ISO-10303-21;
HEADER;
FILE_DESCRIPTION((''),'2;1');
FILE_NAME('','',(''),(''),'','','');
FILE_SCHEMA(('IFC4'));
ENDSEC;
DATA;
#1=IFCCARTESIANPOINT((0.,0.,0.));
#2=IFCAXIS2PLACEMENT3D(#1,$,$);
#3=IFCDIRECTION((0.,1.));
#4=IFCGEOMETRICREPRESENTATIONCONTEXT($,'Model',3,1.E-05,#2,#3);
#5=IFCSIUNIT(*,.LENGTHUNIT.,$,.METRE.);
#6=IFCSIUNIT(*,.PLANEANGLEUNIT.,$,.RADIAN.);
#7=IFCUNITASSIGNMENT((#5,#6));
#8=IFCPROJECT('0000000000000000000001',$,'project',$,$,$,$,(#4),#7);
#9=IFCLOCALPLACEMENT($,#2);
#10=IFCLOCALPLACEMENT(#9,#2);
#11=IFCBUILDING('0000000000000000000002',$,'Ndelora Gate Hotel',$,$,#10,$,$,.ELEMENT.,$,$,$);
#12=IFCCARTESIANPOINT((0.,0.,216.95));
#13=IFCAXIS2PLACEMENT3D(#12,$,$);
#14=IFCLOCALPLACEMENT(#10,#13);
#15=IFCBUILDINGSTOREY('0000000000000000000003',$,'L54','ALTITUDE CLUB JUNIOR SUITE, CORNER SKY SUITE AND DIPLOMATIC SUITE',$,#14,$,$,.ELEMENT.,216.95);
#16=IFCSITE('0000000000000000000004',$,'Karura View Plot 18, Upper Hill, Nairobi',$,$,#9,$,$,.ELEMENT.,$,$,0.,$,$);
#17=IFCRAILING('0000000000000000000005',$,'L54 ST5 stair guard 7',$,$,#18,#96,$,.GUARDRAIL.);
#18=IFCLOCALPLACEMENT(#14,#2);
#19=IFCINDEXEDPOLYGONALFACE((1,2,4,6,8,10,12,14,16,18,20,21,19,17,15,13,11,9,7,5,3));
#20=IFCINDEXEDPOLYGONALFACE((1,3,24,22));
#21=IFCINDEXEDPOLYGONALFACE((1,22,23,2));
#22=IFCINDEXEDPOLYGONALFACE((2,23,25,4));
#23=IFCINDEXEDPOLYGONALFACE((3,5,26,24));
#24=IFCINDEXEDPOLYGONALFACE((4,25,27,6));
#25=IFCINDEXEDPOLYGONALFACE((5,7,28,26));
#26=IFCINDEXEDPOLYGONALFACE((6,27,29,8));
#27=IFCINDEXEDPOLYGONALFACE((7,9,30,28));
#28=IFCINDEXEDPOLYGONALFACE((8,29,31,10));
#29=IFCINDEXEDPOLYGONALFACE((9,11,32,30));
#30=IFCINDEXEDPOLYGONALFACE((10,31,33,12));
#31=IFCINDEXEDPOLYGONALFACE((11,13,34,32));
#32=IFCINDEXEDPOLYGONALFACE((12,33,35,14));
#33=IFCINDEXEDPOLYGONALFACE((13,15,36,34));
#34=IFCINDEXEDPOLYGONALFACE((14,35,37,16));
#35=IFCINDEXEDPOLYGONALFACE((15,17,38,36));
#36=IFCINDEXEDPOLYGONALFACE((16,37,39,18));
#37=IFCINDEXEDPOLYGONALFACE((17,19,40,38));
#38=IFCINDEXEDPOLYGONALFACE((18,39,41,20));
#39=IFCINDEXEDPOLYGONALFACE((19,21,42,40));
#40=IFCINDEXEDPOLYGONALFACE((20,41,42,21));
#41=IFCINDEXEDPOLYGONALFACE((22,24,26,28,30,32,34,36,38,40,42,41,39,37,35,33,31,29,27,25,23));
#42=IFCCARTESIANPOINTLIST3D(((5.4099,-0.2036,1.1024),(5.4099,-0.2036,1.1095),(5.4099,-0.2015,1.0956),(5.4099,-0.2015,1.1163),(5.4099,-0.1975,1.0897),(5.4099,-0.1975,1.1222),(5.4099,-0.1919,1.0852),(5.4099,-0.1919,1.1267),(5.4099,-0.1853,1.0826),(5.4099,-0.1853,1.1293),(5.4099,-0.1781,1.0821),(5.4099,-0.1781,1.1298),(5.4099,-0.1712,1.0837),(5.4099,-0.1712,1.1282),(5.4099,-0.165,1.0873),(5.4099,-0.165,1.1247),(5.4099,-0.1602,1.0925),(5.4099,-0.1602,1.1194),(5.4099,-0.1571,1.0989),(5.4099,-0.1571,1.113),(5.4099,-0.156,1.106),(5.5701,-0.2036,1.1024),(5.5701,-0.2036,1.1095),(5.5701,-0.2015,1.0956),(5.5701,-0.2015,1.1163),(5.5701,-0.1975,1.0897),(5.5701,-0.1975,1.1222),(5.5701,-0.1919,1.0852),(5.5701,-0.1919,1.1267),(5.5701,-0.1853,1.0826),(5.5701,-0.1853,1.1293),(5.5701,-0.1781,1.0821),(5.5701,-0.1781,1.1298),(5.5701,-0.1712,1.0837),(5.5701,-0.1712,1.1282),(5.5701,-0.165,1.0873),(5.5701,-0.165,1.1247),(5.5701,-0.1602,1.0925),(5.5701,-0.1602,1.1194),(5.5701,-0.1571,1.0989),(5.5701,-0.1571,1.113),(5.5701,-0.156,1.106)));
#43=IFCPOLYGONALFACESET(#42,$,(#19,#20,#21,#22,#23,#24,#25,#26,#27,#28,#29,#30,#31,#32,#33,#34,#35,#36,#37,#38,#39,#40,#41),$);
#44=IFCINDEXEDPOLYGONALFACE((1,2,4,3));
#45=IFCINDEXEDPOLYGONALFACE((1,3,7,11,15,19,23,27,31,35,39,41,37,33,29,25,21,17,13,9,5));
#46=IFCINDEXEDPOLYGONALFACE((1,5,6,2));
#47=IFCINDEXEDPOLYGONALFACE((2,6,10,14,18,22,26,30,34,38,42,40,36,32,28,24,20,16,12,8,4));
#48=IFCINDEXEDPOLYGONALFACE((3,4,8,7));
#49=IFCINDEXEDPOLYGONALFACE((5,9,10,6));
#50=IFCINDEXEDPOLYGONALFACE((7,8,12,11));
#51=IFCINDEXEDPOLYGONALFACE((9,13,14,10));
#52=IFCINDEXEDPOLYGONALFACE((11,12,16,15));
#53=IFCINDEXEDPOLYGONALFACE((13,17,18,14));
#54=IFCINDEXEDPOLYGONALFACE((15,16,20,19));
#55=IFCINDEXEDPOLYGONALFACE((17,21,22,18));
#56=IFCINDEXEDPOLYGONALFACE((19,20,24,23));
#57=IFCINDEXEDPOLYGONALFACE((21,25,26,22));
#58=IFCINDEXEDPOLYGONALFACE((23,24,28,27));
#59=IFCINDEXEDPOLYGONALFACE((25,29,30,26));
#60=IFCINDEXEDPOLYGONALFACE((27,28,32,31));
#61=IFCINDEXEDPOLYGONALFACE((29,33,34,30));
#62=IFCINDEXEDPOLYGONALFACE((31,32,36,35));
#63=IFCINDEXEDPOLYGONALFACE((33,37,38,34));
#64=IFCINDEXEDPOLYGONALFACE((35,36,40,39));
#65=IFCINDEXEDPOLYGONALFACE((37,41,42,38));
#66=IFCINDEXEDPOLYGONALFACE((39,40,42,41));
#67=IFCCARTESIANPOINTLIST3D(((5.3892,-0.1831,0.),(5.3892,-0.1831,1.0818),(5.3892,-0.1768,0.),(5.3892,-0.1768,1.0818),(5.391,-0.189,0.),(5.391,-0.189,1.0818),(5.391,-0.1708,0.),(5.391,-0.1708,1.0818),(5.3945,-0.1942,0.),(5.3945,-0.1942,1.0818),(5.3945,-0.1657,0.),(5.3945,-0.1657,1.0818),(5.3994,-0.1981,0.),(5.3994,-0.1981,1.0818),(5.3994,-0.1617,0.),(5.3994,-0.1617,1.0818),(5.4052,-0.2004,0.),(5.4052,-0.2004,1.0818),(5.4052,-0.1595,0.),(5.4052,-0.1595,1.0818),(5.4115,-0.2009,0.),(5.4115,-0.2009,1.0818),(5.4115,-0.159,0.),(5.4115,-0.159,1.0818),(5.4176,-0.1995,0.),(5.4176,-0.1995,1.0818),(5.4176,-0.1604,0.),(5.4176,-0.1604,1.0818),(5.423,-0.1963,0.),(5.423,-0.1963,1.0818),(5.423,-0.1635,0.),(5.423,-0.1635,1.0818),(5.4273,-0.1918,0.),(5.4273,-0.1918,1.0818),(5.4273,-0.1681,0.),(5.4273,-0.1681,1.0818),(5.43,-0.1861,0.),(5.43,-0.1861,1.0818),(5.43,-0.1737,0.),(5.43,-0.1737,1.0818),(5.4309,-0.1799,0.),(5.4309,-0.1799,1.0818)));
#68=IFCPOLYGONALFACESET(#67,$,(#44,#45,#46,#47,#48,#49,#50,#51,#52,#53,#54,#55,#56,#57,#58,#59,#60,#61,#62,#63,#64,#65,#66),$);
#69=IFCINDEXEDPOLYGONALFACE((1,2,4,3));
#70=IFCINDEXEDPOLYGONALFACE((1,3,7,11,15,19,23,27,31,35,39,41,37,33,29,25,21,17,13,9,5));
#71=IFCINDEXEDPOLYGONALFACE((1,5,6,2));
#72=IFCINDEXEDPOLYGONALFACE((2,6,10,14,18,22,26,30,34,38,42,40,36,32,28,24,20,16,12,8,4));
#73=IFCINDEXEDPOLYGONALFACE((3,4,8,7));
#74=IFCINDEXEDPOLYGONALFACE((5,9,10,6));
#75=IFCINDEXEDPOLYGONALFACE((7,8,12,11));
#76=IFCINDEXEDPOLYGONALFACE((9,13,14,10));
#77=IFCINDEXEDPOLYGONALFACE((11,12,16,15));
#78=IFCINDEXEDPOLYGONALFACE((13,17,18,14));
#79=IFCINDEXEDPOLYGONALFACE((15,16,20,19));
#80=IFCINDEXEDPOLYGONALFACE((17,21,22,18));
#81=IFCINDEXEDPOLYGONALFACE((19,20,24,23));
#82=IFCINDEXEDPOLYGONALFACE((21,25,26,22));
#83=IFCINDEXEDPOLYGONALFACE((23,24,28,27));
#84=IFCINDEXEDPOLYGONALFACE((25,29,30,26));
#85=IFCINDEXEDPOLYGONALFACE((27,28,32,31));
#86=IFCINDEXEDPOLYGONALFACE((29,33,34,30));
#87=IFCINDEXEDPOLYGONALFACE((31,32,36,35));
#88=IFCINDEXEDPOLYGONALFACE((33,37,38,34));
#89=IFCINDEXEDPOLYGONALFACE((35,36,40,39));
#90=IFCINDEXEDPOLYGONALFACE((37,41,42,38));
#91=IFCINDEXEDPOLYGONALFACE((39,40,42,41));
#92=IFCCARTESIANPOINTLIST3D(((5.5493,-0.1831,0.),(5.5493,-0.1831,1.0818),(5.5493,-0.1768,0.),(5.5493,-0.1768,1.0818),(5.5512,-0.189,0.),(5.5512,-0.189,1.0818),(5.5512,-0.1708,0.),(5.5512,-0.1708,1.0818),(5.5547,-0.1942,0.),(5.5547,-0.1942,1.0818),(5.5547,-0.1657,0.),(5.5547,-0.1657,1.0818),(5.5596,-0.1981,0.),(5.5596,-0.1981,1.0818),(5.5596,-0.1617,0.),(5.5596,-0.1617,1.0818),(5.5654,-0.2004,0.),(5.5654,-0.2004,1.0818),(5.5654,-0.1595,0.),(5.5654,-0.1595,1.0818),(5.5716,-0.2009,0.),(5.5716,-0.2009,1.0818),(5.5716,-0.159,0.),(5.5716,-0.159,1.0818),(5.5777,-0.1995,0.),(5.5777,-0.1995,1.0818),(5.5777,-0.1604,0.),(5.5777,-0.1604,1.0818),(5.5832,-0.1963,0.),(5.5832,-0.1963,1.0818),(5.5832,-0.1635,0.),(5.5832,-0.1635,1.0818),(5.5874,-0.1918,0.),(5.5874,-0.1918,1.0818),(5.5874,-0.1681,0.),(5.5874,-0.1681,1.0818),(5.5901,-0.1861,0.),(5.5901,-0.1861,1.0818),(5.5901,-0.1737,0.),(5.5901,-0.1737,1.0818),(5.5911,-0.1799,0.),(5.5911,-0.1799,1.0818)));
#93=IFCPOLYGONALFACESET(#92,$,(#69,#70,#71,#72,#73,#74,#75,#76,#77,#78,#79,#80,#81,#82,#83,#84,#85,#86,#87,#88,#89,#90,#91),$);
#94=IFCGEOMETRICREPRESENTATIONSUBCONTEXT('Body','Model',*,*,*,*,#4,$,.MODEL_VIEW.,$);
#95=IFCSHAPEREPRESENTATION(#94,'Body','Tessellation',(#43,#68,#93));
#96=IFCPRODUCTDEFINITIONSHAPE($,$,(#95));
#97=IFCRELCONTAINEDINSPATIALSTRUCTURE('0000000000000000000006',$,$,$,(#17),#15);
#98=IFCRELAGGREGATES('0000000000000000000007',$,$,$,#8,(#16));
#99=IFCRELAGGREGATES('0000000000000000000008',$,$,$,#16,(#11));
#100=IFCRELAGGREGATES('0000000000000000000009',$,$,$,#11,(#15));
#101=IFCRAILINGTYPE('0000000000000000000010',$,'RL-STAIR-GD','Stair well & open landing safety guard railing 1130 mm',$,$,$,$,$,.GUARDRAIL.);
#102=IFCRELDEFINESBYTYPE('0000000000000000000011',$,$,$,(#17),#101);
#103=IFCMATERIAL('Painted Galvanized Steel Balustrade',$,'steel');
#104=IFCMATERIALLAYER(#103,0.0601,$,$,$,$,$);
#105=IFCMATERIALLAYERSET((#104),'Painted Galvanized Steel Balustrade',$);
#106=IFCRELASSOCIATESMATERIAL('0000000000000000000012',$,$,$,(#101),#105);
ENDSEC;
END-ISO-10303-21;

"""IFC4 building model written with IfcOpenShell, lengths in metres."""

from ifc_helpers import new_model, si_unit, direction, frame, origin, origin_2d, place, context, subcontext, project, spatial, circle, extrude, material, layer, layer_set, type_object, element, save


model = new_model("IFC4")

# Units and contexts
model_context = context("Model", 3, precision=1e-05, world=origin(), true_north=direction((0.0, 1.0)))
body_context = subcontext(model_context, "Body", "Model", "MODEL_VIEW")
ifc_project = project(units=[si_unit("LENGTHUNIT", "METRE"), si_unit("PLANEANGLEUNIT", "RADIAN")], contexts=[model_context])

# Site, building, storey
site_placement = place(None, origin())
site = spatial("IfcSite", under=ifc_project, at=site_placement, Name="Karura View Plot 18, Upper Hill, Nairobi", CompositionType="ELEMENT", RefElevation=0.0)
building_placement = place(site_placement, origin())
building = spatial("IfcBuilding", under=site, at=building_placement, Name="Ndelora Gate Hotel", CompositionType="ELEMENT")
storey_placement = place(building_placement, frame((0.0, 0.0, 216.95)))
storey = spatial("IfcBuildingStorey", under=building, at=storey_placement, Name="L54", Description="ALTITUDE CLUB JUNIOR SUITE, CORNER SKY SUITE AND DIPLOMATIC SUITE", CompositionType="ELEMENT", Elevation=216.95)

# Railing
ifc_material_1 = material(Name="Painted Galvanized Steel Balustrade", Category="steel")
ifc_layer_1 = layer(ifc_material_1, 0.0601)
ifc_layer_set_1 = layer_set([ifc_layer_1], Name="Painted Galvanized Steel Balustrade")
railing_type_1 = type_object("IfcRailingType", Name="RL-STAIR-GD", Description="Stair well & open landing safety guard railing 1130 mm", PredefinedType="GUARDRAIL", material=ifc_layer_set_1)
railing_1_placement = place(storey_placement, frame((5.4099, -0.1799, 0.0)))
element("IfcRailing", 1, at=railing_1_placement, inside=storey, type_object=railing_type_1, Name="L54 ST5 stair guard 7", PredefinedType="GUARDRAIL", context=body_context, shape_type="SweptSolid", body=[
    extrude(circle(Radius=0.0239, at=origin_2d()), frame((0.0, 0.0, 1.106), z_axis=(1.0, 0.0, 0.0), x_axis=(0.0, 1.0, 0.0)), (0.0, 0.0, 1.0), 0.1602),
    extrude(circle(Radius=0.021, at=origin_2d()), origin(), (0.0, 0.0, 1.0), 1.0818),
    extrude(circle(Radius=0.021, at=origin_2d()), frame((0.1602, 0.0, 0.0)), (0.0, 0.0, 1.0), 1.0818),
])

save(model, "model.ifc")
